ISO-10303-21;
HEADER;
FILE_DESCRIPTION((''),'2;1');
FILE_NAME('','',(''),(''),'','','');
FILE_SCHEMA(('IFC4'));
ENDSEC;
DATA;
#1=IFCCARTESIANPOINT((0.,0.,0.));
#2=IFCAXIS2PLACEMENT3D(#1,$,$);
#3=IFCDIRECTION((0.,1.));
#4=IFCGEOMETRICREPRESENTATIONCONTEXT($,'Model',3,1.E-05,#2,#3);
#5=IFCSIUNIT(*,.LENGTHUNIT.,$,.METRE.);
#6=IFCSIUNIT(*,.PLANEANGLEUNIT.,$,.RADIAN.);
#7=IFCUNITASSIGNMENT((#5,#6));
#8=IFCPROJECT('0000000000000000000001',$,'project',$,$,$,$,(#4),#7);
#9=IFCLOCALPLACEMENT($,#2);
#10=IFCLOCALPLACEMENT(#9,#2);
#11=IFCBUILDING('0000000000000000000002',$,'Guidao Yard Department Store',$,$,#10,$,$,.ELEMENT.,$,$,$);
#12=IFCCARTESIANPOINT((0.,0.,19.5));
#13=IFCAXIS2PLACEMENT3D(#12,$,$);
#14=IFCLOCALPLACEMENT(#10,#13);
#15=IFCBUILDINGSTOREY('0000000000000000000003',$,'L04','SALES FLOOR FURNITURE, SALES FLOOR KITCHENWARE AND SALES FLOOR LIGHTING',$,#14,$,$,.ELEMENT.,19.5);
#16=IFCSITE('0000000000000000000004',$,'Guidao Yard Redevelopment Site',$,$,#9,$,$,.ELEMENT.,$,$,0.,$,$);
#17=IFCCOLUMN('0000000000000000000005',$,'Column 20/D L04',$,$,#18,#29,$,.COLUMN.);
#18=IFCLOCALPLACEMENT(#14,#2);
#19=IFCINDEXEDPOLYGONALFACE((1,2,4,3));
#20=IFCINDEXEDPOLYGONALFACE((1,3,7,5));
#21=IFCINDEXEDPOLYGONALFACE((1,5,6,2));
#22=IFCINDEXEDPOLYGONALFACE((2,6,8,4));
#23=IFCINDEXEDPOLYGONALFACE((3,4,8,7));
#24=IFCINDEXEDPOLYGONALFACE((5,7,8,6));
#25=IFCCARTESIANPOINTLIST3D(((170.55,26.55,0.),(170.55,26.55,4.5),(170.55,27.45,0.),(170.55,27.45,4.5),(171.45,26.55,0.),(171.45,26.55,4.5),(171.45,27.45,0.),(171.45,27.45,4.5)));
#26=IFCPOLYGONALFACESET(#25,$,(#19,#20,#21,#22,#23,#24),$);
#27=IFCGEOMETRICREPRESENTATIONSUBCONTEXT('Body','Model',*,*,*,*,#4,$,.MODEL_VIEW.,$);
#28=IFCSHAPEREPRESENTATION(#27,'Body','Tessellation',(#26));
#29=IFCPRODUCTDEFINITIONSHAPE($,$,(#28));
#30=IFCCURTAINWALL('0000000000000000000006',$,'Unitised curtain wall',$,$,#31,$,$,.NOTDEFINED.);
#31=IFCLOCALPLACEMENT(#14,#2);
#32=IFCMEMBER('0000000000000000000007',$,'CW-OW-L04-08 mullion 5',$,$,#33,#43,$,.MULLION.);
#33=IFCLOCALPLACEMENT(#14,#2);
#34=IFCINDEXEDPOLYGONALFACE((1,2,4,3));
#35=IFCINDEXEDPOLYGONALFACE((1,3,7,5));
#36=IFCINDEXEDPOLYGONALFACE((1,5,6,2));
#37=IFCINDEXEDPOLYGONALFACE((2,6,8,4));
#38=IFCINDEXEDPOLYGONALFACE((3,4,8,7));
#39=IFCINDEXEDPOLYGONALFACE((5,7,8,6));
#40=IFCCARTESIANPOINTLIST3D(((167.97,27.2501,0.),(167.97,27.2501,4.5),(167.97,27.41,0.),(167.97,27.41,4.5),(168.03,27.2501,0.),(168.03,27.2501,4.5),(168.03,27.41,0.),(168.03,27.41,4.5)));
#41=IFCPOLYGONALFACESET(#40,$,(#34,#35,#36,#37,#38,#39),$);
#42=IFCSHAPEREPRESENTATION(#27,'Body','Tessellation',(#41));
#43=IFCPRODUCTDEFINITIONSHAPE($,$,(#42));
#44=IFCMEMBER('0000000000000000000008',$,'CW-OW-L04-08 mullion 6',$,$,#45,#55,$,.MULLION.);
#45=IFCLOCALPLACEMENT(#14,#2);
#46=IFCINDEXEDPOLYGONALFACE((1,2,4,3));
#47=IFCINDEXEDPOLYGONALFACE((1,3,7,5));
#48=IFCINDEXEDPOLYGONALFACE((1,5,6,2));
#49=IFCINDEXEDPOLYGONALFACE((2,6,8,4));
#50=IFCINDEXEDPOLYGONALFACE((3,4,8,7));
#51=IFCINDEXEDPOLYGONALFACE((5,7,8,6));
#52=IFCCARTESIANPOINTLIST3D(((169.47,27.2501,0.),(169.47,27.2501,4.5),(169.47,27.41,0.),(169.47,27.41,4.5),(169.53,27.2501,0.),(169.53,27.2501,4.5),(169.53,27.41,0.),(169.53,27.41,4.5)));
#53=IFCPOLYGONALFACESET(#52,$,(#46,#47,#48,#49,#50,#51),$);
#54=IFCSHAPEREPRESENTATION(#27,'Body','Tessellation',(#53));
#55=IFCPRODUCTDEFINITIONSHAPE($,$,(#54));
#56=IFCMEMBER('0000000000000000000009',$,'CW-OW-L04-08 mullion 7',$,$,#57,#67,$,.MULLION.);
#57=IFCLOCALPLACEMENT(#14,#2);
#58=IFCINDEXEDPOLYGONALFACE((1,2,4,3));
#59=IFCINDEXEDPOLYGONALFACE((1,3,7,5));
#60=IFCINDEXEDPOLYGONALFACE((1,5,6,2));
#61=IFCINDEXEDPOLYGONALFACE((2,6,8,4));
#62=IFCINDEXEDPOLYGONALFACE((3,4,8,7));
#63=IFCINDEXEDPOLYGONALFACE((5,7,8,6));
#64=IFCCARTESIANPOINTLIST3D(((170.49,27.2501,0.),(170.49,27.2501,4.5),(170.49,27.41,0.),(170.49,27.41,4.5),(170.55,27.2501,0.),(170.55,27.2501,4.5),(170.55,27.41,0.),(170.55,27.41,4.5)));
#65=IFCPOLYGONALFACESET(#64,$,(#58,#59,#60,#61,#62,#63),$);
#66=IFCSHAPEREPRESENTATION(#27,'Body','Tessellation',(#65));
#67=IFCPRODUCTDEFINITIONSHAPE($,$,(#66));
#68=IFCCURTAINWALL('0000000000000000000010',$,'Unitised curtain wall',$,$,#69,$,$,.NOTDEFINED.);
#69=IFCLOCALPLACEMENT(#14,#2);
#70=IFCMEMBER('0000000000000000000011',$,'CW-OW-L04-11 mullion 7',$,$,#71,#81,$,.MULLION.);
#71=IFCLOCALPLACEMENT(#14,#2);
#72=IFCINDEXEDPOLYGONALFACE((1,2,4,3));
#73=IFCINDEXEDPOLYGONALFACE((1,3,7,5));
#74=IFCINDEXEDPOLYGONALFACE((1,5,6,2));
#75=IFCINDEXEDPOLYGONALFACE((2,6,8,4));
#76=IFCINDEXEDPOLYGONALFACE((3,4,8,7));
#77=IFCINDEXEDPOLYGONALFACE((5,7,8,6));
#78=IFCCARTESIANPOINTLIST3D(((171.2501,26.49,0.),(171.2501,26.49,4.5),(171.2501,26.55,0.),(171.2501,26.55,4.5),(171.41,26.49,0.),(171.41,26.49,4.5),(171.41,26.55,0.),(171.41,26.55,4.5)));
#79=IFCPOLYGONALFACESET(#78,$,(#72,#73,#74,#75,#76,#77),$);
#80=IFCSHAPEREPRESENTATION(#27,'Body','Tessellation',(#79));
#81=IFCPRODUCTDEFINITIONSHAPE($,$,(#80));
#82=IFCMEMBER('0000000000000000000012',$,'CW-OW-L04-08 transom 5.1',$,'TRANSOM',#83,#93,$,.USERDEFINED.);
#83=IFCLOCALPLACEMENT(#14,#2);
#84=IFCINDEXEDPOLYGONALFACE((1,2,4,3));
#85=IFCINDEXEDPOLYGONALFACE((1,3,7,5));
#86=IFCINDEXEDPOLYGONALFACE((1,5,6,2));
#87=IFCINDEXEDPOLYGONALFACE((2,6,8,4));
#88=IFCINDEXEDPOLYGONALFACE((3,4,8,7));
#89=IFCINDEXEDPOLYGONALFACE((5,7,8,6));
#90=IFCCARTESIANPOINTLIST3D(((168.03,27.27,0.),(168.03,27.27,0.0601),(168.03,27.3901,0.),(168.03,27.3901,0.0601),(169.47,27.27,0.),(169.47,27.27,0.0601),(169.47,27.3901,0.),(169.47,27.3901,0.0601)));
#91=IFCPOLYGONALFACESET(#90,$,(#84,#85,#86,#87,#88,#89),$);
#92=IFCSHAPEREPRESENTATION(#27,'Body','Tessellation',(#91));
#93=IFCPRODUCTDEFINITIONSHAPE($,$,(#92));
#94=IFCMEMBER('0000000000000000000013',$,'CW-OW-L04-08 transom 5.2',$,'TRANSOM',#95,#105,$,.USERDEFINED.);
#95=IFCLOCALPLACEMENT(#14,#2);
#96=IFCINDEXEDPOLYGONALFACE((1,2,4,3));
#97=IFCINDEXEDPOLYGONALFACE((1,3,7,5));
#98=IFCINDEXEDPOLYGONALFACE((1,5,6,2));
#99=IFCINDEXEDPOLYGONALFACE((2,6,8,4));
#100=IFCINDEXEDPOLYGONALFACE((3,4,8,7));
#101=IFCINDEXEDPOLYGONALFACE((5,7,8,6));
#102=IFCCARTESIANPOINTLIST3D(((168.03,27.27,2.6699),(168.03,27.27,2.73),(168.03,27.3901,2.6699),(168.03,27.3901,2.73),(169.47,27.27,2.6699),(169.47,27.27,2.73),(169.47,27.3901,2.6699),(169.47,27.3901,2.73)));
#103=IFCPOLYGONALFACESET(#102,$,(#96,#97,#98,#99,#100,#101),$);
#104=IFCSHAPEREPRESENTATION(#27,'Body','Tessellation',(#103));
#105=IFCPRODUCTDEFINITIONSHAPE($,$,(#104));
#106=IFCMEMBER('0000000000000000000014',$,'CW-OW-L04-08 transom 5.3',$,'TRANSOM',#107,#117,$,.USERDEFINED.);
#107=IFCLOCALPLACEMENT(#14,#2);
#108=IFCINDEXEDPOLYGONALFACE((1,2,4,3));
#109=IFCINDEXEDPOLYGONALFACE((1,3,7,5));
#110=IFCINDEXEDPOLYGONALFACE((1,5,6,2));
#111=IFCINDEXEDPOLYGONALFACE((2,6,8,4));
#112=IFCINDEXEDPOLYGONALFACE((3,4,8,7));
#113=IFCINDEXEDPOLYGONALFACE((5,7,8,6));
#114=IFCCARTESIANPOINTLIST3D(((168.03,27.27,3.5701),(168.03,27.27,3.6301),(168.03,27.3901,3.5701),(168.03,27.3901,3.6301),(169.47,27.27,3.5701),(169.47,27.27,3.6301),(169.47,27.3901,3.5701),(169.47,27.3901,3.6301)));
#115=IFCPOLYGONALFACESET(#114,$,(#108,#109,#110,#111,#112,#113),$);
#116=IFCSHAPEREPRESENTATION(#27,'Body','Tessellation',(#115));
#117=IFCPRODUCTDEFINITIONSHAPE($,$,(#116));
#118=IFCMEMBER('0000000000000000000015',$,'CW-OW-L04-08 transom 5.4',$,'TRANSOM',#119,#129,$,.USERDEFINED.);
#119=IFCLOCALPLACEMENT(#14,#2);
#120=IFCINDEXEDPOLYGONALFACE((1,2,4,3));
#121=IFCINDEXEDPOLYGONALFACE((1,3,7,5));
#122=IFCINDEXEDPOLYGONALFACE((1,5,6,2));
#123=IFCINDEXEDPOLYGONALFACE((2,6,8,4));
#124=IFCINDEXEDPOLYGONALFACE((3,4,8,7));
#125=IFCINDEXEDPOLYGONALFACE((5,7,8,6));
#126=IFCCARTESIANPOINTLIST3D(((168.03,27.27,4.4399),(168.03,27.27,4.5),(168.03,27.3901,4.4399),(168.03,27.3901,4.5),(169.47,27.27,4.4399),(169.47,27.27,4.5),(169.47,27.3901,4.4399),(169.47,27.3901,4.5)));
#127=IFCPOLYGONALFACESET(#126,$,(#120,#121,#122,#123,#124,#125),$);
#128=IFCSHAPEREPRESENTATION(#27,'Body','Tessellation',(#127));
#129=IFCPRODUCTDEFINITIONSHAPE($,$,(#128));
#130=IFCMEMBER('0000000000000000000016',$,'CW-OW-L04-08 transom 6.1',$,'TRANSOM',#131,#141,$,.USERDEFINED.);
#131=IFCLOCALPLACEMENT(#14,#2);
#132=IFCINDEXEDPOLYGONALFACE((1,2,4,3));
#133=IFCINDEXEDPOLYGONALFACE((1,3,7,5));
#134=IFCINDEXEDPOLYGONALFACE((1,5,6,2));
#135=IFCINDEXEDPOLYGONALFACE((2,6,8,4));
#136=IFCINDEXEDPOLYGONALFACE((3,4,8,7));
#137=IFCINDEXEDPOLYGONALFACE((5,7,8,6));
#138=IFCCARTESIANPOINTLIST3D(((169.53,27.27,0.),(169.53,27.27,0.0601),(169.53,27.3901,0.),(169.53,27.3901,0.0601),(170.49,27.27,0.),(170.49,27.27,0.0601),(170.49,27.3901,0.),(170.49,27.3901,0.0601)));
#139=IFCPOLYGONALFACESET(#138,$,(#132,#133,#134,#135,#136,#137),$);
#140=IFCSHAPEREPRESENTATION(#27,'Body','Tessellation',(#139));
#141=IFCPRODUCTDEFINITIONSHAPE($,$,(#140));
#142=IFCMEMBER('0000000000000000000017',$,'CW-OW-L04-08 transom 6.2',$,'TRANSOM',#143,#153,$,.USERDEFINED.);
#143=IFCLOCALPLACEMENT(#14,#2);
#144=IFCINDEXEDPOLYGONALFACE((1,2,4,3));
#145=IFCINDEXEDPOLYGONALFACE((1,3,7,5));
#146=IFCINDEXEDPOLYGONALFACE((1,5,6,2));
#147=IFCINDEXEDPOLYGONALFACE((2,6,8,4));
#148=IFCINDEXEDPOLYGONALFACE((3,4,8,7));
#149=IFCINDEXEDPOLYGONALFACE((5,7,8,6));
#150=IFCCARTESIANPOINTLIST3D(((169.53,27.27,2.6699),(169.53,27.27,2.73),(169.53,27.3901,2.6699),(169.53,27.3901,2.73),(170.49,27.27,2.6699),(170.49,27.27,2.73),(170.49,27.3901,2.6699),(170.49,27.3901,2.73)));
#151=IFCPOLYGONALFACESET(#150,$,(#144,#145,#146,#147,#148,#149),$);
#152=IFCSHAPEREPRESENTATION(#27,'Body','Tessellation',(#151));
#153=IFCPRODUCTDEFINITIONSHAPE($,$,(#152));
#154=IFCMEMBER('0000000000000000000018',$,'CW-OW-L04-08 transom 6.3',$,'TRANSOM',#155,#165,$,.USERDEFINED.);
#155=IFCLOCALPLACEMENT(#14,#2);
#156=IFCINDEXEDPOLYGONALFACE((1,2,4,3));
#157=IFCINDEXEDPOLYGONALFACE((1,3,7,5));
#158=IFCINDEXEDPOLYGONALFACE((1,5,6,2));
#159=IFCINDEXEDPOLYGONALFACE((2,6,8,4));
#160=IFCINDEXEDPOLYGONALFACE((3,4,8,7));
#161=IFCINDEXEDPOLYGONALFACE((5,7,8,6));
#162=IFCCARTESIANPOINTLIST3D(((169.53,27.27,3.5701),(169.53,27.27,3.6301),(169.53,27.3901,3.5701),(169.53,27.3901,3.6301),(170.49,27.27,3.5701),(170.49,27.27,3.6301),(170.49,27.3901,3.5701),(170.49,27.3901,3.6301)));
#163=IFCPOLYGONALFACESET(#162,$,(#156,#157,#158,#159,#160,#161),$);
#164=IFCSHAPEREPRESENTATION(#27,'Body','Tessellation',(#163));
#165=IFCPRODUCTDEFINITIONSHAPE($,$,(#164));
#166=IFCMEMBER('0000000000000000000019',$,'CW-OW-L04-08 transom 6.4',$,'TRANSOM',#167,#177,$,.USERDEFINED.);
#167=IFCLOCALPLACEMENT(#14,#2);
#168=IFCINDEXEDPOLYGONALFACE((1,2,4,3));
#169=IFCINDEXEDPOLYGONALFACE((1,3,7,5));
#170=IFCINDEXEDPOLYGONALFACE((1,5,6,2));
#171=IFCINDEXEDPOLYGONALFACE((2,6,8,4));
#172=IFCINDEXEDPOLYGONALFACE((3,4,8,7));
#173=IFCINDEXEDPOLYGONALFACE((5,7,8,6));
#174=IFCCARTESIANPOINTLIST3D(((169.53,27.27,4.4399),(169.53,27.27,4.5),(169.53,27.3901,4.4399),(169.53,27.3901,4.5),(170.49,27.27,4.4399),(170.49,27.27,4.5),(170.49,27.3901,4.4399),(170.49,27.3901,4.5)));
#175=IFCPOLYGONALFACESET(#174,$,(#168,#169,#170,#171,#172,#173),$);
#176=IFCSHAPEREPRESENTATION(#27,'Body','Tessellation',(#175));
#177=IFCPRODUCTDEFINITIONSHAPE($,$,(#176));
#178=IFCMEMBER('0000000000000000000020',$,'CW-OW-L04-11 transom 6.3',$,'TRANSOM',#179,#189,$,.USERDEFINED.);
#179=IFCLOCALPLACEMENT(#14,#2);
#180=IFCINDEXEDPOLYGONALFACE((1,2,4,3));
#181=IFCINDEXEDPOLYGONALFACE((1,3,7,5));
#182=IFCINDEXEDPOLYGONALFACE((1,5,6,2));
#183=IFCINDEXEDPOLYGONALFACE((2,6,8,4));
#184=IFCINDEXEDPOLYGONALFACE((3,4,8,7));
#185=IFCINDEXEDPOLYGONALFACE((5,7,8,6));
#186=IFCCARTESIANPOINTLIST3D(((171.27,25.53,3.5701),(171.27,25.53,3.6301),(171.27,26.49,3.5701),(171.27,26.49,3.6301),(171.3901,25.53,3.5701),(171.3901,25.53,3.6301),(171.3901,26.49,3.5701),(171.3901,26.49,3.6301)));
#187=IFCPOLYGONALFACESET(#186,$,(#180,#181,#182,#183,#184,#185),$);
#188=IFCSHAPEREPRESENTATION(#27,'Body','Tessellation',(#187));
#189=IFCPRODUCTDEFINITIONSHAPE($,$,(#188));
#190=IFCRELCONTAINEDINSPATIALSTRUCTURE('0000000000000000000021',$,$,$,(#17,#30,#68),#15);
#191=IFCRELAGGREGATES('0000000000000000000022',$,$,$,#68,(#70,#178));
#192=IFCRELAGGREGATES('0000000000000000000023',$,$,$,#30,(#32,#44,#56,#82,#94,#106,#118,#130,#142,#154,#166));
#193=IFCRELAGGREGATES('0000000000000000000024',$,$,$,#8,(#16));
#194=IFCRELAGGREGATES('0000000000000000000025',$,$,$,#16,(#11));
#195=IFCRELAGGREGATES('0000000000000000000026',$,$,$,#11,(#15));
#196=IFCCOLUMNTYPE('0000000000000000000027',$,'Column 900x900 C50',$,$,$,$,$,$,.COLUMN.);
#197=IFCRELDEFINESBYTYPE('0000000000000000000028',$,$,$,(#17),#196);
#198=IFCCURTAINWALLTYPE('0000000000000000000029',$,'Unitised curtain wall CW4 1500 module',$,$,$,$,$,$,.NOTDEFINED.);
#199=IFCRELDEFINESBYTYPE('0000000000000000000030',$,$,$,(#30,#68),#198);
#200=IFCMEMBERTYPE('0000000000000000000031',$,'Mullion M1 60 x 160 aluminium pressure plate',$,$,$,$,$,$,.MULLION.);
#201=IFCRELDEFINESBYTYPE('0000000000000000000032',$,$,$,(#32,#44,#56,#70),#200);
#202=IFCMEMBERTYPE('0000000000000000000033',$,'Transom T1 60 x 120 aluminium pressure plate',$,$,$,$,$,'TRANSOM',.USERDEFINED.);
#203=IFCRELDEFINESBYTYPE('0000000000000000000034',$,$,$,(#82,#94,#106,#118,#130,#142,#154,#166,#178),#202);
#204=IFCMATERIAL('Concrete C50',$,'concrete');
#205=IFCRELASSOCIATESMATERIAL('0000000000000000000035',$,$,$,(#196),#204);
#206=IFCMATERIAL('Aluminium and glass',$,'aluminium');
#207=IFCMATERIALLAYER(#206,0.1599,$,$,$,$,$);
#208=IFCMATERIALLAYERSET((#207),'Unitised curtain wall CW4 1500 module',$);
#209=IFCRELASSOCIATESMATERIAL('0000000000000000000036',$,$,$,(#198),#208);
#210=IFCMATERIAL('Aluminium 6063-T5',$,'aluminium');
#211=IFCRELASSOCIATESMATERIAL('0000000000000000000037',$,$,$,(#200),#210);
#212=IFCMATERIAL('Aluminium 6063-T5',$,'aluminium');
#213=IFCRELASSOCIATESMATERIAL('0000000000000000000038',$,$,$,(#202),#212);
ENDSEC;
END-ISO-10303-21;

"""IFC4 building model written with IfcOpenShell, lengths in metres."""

from ifc_helpers import new_model, si_unit, direction, frame, origin, origin_2d, place, context, subcontext, project, spatial, rectangle, extrude, material, layer, layer_set, material_profile, profile_set, type_object, element, aggregate, save


model = new_model("IFC4")

# Units and contexts
model_context = context("Model", 3, precision=1e-05, world=origin(), true_north=direction((0.0, 1.0)))
body_context = subcontext(model_context, "Body", "Model", "MODEL_VIEW")
ifc_project = project(units=[si_unit("LENGTHUNIT", "METRE"), si_unit("PLANEANGLEUNIT", "RADIAN")], contexts=[model_context])

# Site, building, storey
site_placement = place(None, origin())
site = spatial("IfcSite", under=ifc_project, at=site_placement, Name="Guidao Yard Redevelopment Site", CompositionType="ELEMENT", RefElevation=0.0)
building_placement = place(site_placement, origin())
building = spatial("IfcBuilding", under=site, at=building_placement, Name="Guidao Yard Department Store", CompositionType="ELEMENT")
storey_placement = place(building_placement, frame((0.0, 0.0, 19.5)))
storey = spatial("IfcBuildingStorey", under=building, at=storey_placement, Name="L04", Description="SALES FLOOR FURNITURE, SALES FLOOR KITCHENWARE AND SALES FLOOR LIGHTING", CompositionType="ELEMENT", Elevation=19.5)

# Column
ifc_material_1 = material(Name="Concrete C50", Category="concrete")
ifc_material_profile_1 = material_profile(ifc_material_1, rectangle(XDim=0.8999, YDim=0.8999, at=origin_2d()), Name="COL 900x900")
ifc_profile_set_1 = profile_set([ifc_material_profile_1], Name="Concrete C50")
column_type = type_object("IfcColumnType", Name="Column 900x900 C50", PredefinedType="COLUMN", material=ifc_profile_set_1)
column_placement = place(storey_placement, frame((171.0, 27.0, 0.0), z_axis=(0.0, 0.0, 1.0), x_axis=(1.0, 0.0, 0.0)))
element("IfcColumn", 1, at=column_placement, inside=storey, type_object=column_type, Name="Column 20/D L04", PredefinedType="COLUMN", context=body_context, shape_type="SweptSolid", body=[
    extrude(rectangle(XDim=0.8999, YDim=0.8999, at=origin_2d()), origin(), (0.0, 0.0, 1.0), 4.5),
])

# Curtain wall, members
ifc_material_2 = material(Name="Aluminium and glass", Category="aluminium")
ifc_layer_1 = layer(ifc_material_2, 0.1599)
ifc_layer_set_1 = layer_set([ifc_layer_1], Name="Unitised curtain wall CW4 1500 module")
curtain_wall_type = type_object("IfcCurtainWallType", Name="Unitised curtain wall CW4 1500 module", PredefinedType="NOTDEFINED", material=ifc_layer_set_1)
curtain_wall_1_placement = place(storey_placement, origin())
curtain_wall_1 = element("IfcCurtainWall", 2, at=curtain_wall_1_placement, inside=storey, type_object=curtain_wall_type, Name="Unitised curtain wall", PredefinedType="NOTDEFINED")
ifc_material_3 = material(Name="Aluminium 6063-T5", Category="aluminium")
ifc_material_profile_2 = material_profile(ifc_material_3, rectangle(XDim=0.0601, YDim=0.1599, at=origin_2d()), Name="Mullion M1 60 x 160 aluminium pressure plate")
ifc_profile_set_2 = profile_set([ifc_material_profile_2], Name="Aluminium 6063-T5")
member_type_1 = type_object("IfcMemberType", Name="Mullion M1 60 x 160 aluminium pressure plate", PredefinedType="MULLION", material=ifc_profile_set_2)
member_1_placement = place(storey_placement, frame((168.0, 27.3301, 0.0), z_axis=(0.0, 0.0, 1.0), x_axis=(1.0, 0.0, 0.0)))
member_1 = element("IfcMember", 3, at=member_1_placement, type_object=member_type_1, Name="CW-OW-L04-08 mullion 5", PredefinedType="MULLION", context=body_context, shape_type="SweptSolid", body=[
    extrude(rectangle(XDim=0.0601, YDim=0.1599, at=origin_2d()), origin(), (0.0, 0.0, 1.0), 4.5),
])
member_2_placement = place(storey_placement, frame((169.5, 27.3301, 0.0), z_axis=(0.0, 0.0, 1.0), x_axis=(1.0, 0.0, 0.0)))
member_2 = element("IfcMember", 4, at=member_2_placement, type_object=member_type_1, Name="CW-OW-L04-08 mullion 6", PredefinedType="MULLION", context=body_context, shape_type="SweptSolid", body=[
    extrude(rectangle(XDim=0.0601, YDim=0.1599, at=origin_2d()), origin(), (0.0, 0.0, 1.0), 4.5),
])
member_3_placement = place(storey_placement, frame((170.52, 27.3301, 0.0), z_axis=(0.0, 0.0, 1.0), x_axis=(1.0, 0.0, 0.0)))
member_3 = element("IfcMember", 5, at=member_3_placement, type_object=member_type_1, Name="CW-OW-L04-08 mullion 7", PredefinedType="MULLION", context=body_context, shape_type="SweptSolid", body=[
    extrude(rectangle(XDim=0.0601, YDim=0.1599, at=origin_2d()), origin(), (0.0, 0.0, 1.0), 4.5),
])

# Curtain wall, member
curtain_wall_2_placement = place(storey_placement, origin())
curtain_wall_2 = element("IfcCurtainWall", 6, at=curtain_wall_2_placement, inside=storey, type_object=curtain_wall_type, Name="Unitised curtain wall", PredefinedType="NOTDEFINED")
member_4_placement = place(storey_placement, frame((171.3301, 26.52, 0.0), z_axis=(0.0, 0.0, 1.0), x_axis=(0.0, -1.0, 0.0)))
member_4 = element("IfcMember", 7, at=member_4_placement, type_object=member_type_1, Name="CW-OW-L04-11 mullion 7", PredefinedType="MULLION", context=body_context, shape_type="SweptSolid", body=[
    extrude(rectangle(XDim=0.0601, YDim=0.1599, at=origin_2d()), origin(), (0.0, 0.0, 1.0), 4.5),
])

# Members
ifc_material_4 = material(Name="Aluminium 6063-T5", Category="aluminium")
ifc_material_profile_3 = material_profile(ifc_material_4, rectangle(XDim=0.1201, YDim=0.0601, at=origin_2d()), Name="Transom T1 60 x 120 aluminium pressure plate")
ifc_profile_set_3 = profile_set([ifc_material_profile_3], Name="Aluminium 6063-T5")
member_type_2 = type_object("IfcMemberType", Name="Transom T1 60 x 120 aluminium pressure plate", ElementType="TRANSOM", PredefinedType="USERDEFINED", material=ifc_profile_set_3)
member_5_placement = place(storey_placement, frame((168.03, 27.3301, 0.03), z_axis=(1.0, 0.0, 0.0), x_axis=(0.0, 1.0, 0.0)))
member_5 = element("IfcMember", 8, at=member_5_placement, type_object=member_type_2, Name="CW-OW-L04-08 transom 5.1", ObjectType="TRANSOM", PredefinedType="USERDEFINED", context=body_context, shape_type="SweptSolid", body=[
    extrude(rectangle(XDim=0.1201, YDim=0.0601, at=origin_2d()), origin(), (0.0, 0.0, 1.0), 1.4399),
])
member_6_placement = place(storey_placement, frame((168.03, 27.3301, 2.7), z_axis=(1.0, 0.0, 0.0), x_axis=(0.0, 1.0, 0.0)))
member_6 = element("IfcMember", 9, at=member_6_placement, type_object=member_type_2, Name="CW-OW-L04-08 transom 5.2", ObjectType="TRANSOM", PredefinedType="USERDEFINED", context=body_context, shape_type="SweptSolid", body=[
    extrude(rectangle(XDim=0.1201, YDim=0.0601, at=origin_2d()), origin(), (0.0, 0.0, 1.0), 1.4399),
])
member_7_placement = place(storey_placement, frame((168.03, 27.3301, 3.6001), z_axis=(1.0, 0.0, 0.0), x_axis=(0.0, 1.0, 0.0)))
member_7 = element("IfcMember", 10, at=member_7_placement, type_object=member_type_2, Name="CW-OW-L04-08 transom 5.3", ObjectType="TRANSOM", PredefinedType="USERDEFINED", context=body_context, shape_type="SweptSolid", body=[
    extrude(rectangle(XDim=0.1201, YDim=0.0601, at=origin_2d()), origin(), (0.0, 0.0, 1.0), 1.4399),
])
member_8_placement = place(storey_placement, frame((168.03, 27.3301, 4.47), z_axis=(1.0, 0.0, 0.0), x_axis=(0.0, 1.0, 0.0)))
member_8 = element("IfcMember", 11, at=member_8_placement, type_object=member_type_2, Name="CW-OW-L04-08 transom 5.4", ObjectType="TRANSOM", PredefinedType="USERDEFINED", context=body_context, shape_type="SweptSolid", body=[
    extrude(rectangle(XDim=0.1201, YDim=0.0601, at=origin_2d()), origin(), (0.0, 0.0, 1.0), 1.4399),
])
member_9_placement = place(storey_placement, frame((169.53, 27.3301, 0.03), z_axis=(1.0, 0.0, 0.0), x_axis=(0.0, 1.0, 0.0)))
member_9 = element("IfcMember", 12, at=member_9_placement, type_object=member_type_2, Name="CW-OW-L04-08 transom 6.1", ObjectType="TRANSOM", PredefinedType="USERDEFINED", context=body_context, shape_type="SweptSolid", body=[
    extrude(rectangle(XDim=0.1201, YDim=0.0601, at=origin_2d()), origin(), (0.0, 0.0, 1.0), 0.96),
])
member_10_placement = place(storey_placement, frame((169.53, 27.3301, 2.7), z_axis=(1.0, 0.0, 0.0), x_axis=(0.0, 1.0, 0.0)))
member_10 = element("IfcMember", 13, at=member_10_placement, type_object=member_type_2, Name="CW-OW-L04-08 transom 6.2", ObjectType="TRANSOM", PredefinedType="USERDEFINED", context=body_context, shape_type="SweptSolid", body=[
    extrude(rectangle(XDim=0.1201, YDim=0.0601, at=origin_2d()), origin(), (0.0, 0.0, 1.0), 0.96),
])
member_11_placement = place(storey_placement, frame((169.53, 27.3301, 3.6001), z_axis=(1.0, 0.0, 0.0), x_axis=(0.0, 1.0, 0.0)))
member_11 = element("IfcMember", 14, at=member_11_placement, type_object=member_type_2, Name="CW-OW-L04-08 transom 6.3", ObjectType="TRANSOM", PredefinedType="USERDEFINED", context=body_context, shape_type="SweptSolid", body=[
    extrude(rectangle(XDim=0.1201, YDim=0.0601, at=origin_2d()), origin(), (0.0, 0.0, 1.0), 0.96),
])
member_12_placement = place(storey_placement, frame((169.53, 27.3301, 4.47), z_axis=(1.0, 0.0, 0.0), x_axis=(0.0, 1.0, 0.0)))
member_12 = element("IfcMember", 15, at=member_12_placement, type_object=member_type_2, Name="CW-OW-L04-08 transom 6.4", ObjectType="TRANSOM", PredefinedType="USERDEFINED", context=body_context, shape_type="SweptSolid", body=[
    extrude(rectangle(XDim=0.1201, YDim=0.0601, at=origin_2d()), origin(), (0.0, 0.0, 1.0), 0.96),
])
member_13_placement = place(storey_placement, frame((171.3301, 26.49, 3.6001), z_axis=(0.0, -1.0, 0.0), x_axis=(1.0, 0.0, 0.0)))
member_13 = element("IfcMember", 16, at=member_13_placement, type_object=member_type_2, Name="CW-OW-L04-11 transom 6.3", ObjectType="TRANSOM", PredefinedType="USERDEFINED", context=body_context, shape_type="SweptSolid", body=[
    extrude(rectangle(XDim=0.1201, YDim=0.0601, at=origin_2d()), origin(), (0.0, 0.0, 1.0), 0.96),
])
aggregate(curtain_wall_2, [member_4, member_13])

aggregate(curtain_wall_1, [member_1, member_2, member_3, member_5, member_6, member_7, member_8, member_9, member_10, member_11, member_12])

save(model, "model.ifc")
